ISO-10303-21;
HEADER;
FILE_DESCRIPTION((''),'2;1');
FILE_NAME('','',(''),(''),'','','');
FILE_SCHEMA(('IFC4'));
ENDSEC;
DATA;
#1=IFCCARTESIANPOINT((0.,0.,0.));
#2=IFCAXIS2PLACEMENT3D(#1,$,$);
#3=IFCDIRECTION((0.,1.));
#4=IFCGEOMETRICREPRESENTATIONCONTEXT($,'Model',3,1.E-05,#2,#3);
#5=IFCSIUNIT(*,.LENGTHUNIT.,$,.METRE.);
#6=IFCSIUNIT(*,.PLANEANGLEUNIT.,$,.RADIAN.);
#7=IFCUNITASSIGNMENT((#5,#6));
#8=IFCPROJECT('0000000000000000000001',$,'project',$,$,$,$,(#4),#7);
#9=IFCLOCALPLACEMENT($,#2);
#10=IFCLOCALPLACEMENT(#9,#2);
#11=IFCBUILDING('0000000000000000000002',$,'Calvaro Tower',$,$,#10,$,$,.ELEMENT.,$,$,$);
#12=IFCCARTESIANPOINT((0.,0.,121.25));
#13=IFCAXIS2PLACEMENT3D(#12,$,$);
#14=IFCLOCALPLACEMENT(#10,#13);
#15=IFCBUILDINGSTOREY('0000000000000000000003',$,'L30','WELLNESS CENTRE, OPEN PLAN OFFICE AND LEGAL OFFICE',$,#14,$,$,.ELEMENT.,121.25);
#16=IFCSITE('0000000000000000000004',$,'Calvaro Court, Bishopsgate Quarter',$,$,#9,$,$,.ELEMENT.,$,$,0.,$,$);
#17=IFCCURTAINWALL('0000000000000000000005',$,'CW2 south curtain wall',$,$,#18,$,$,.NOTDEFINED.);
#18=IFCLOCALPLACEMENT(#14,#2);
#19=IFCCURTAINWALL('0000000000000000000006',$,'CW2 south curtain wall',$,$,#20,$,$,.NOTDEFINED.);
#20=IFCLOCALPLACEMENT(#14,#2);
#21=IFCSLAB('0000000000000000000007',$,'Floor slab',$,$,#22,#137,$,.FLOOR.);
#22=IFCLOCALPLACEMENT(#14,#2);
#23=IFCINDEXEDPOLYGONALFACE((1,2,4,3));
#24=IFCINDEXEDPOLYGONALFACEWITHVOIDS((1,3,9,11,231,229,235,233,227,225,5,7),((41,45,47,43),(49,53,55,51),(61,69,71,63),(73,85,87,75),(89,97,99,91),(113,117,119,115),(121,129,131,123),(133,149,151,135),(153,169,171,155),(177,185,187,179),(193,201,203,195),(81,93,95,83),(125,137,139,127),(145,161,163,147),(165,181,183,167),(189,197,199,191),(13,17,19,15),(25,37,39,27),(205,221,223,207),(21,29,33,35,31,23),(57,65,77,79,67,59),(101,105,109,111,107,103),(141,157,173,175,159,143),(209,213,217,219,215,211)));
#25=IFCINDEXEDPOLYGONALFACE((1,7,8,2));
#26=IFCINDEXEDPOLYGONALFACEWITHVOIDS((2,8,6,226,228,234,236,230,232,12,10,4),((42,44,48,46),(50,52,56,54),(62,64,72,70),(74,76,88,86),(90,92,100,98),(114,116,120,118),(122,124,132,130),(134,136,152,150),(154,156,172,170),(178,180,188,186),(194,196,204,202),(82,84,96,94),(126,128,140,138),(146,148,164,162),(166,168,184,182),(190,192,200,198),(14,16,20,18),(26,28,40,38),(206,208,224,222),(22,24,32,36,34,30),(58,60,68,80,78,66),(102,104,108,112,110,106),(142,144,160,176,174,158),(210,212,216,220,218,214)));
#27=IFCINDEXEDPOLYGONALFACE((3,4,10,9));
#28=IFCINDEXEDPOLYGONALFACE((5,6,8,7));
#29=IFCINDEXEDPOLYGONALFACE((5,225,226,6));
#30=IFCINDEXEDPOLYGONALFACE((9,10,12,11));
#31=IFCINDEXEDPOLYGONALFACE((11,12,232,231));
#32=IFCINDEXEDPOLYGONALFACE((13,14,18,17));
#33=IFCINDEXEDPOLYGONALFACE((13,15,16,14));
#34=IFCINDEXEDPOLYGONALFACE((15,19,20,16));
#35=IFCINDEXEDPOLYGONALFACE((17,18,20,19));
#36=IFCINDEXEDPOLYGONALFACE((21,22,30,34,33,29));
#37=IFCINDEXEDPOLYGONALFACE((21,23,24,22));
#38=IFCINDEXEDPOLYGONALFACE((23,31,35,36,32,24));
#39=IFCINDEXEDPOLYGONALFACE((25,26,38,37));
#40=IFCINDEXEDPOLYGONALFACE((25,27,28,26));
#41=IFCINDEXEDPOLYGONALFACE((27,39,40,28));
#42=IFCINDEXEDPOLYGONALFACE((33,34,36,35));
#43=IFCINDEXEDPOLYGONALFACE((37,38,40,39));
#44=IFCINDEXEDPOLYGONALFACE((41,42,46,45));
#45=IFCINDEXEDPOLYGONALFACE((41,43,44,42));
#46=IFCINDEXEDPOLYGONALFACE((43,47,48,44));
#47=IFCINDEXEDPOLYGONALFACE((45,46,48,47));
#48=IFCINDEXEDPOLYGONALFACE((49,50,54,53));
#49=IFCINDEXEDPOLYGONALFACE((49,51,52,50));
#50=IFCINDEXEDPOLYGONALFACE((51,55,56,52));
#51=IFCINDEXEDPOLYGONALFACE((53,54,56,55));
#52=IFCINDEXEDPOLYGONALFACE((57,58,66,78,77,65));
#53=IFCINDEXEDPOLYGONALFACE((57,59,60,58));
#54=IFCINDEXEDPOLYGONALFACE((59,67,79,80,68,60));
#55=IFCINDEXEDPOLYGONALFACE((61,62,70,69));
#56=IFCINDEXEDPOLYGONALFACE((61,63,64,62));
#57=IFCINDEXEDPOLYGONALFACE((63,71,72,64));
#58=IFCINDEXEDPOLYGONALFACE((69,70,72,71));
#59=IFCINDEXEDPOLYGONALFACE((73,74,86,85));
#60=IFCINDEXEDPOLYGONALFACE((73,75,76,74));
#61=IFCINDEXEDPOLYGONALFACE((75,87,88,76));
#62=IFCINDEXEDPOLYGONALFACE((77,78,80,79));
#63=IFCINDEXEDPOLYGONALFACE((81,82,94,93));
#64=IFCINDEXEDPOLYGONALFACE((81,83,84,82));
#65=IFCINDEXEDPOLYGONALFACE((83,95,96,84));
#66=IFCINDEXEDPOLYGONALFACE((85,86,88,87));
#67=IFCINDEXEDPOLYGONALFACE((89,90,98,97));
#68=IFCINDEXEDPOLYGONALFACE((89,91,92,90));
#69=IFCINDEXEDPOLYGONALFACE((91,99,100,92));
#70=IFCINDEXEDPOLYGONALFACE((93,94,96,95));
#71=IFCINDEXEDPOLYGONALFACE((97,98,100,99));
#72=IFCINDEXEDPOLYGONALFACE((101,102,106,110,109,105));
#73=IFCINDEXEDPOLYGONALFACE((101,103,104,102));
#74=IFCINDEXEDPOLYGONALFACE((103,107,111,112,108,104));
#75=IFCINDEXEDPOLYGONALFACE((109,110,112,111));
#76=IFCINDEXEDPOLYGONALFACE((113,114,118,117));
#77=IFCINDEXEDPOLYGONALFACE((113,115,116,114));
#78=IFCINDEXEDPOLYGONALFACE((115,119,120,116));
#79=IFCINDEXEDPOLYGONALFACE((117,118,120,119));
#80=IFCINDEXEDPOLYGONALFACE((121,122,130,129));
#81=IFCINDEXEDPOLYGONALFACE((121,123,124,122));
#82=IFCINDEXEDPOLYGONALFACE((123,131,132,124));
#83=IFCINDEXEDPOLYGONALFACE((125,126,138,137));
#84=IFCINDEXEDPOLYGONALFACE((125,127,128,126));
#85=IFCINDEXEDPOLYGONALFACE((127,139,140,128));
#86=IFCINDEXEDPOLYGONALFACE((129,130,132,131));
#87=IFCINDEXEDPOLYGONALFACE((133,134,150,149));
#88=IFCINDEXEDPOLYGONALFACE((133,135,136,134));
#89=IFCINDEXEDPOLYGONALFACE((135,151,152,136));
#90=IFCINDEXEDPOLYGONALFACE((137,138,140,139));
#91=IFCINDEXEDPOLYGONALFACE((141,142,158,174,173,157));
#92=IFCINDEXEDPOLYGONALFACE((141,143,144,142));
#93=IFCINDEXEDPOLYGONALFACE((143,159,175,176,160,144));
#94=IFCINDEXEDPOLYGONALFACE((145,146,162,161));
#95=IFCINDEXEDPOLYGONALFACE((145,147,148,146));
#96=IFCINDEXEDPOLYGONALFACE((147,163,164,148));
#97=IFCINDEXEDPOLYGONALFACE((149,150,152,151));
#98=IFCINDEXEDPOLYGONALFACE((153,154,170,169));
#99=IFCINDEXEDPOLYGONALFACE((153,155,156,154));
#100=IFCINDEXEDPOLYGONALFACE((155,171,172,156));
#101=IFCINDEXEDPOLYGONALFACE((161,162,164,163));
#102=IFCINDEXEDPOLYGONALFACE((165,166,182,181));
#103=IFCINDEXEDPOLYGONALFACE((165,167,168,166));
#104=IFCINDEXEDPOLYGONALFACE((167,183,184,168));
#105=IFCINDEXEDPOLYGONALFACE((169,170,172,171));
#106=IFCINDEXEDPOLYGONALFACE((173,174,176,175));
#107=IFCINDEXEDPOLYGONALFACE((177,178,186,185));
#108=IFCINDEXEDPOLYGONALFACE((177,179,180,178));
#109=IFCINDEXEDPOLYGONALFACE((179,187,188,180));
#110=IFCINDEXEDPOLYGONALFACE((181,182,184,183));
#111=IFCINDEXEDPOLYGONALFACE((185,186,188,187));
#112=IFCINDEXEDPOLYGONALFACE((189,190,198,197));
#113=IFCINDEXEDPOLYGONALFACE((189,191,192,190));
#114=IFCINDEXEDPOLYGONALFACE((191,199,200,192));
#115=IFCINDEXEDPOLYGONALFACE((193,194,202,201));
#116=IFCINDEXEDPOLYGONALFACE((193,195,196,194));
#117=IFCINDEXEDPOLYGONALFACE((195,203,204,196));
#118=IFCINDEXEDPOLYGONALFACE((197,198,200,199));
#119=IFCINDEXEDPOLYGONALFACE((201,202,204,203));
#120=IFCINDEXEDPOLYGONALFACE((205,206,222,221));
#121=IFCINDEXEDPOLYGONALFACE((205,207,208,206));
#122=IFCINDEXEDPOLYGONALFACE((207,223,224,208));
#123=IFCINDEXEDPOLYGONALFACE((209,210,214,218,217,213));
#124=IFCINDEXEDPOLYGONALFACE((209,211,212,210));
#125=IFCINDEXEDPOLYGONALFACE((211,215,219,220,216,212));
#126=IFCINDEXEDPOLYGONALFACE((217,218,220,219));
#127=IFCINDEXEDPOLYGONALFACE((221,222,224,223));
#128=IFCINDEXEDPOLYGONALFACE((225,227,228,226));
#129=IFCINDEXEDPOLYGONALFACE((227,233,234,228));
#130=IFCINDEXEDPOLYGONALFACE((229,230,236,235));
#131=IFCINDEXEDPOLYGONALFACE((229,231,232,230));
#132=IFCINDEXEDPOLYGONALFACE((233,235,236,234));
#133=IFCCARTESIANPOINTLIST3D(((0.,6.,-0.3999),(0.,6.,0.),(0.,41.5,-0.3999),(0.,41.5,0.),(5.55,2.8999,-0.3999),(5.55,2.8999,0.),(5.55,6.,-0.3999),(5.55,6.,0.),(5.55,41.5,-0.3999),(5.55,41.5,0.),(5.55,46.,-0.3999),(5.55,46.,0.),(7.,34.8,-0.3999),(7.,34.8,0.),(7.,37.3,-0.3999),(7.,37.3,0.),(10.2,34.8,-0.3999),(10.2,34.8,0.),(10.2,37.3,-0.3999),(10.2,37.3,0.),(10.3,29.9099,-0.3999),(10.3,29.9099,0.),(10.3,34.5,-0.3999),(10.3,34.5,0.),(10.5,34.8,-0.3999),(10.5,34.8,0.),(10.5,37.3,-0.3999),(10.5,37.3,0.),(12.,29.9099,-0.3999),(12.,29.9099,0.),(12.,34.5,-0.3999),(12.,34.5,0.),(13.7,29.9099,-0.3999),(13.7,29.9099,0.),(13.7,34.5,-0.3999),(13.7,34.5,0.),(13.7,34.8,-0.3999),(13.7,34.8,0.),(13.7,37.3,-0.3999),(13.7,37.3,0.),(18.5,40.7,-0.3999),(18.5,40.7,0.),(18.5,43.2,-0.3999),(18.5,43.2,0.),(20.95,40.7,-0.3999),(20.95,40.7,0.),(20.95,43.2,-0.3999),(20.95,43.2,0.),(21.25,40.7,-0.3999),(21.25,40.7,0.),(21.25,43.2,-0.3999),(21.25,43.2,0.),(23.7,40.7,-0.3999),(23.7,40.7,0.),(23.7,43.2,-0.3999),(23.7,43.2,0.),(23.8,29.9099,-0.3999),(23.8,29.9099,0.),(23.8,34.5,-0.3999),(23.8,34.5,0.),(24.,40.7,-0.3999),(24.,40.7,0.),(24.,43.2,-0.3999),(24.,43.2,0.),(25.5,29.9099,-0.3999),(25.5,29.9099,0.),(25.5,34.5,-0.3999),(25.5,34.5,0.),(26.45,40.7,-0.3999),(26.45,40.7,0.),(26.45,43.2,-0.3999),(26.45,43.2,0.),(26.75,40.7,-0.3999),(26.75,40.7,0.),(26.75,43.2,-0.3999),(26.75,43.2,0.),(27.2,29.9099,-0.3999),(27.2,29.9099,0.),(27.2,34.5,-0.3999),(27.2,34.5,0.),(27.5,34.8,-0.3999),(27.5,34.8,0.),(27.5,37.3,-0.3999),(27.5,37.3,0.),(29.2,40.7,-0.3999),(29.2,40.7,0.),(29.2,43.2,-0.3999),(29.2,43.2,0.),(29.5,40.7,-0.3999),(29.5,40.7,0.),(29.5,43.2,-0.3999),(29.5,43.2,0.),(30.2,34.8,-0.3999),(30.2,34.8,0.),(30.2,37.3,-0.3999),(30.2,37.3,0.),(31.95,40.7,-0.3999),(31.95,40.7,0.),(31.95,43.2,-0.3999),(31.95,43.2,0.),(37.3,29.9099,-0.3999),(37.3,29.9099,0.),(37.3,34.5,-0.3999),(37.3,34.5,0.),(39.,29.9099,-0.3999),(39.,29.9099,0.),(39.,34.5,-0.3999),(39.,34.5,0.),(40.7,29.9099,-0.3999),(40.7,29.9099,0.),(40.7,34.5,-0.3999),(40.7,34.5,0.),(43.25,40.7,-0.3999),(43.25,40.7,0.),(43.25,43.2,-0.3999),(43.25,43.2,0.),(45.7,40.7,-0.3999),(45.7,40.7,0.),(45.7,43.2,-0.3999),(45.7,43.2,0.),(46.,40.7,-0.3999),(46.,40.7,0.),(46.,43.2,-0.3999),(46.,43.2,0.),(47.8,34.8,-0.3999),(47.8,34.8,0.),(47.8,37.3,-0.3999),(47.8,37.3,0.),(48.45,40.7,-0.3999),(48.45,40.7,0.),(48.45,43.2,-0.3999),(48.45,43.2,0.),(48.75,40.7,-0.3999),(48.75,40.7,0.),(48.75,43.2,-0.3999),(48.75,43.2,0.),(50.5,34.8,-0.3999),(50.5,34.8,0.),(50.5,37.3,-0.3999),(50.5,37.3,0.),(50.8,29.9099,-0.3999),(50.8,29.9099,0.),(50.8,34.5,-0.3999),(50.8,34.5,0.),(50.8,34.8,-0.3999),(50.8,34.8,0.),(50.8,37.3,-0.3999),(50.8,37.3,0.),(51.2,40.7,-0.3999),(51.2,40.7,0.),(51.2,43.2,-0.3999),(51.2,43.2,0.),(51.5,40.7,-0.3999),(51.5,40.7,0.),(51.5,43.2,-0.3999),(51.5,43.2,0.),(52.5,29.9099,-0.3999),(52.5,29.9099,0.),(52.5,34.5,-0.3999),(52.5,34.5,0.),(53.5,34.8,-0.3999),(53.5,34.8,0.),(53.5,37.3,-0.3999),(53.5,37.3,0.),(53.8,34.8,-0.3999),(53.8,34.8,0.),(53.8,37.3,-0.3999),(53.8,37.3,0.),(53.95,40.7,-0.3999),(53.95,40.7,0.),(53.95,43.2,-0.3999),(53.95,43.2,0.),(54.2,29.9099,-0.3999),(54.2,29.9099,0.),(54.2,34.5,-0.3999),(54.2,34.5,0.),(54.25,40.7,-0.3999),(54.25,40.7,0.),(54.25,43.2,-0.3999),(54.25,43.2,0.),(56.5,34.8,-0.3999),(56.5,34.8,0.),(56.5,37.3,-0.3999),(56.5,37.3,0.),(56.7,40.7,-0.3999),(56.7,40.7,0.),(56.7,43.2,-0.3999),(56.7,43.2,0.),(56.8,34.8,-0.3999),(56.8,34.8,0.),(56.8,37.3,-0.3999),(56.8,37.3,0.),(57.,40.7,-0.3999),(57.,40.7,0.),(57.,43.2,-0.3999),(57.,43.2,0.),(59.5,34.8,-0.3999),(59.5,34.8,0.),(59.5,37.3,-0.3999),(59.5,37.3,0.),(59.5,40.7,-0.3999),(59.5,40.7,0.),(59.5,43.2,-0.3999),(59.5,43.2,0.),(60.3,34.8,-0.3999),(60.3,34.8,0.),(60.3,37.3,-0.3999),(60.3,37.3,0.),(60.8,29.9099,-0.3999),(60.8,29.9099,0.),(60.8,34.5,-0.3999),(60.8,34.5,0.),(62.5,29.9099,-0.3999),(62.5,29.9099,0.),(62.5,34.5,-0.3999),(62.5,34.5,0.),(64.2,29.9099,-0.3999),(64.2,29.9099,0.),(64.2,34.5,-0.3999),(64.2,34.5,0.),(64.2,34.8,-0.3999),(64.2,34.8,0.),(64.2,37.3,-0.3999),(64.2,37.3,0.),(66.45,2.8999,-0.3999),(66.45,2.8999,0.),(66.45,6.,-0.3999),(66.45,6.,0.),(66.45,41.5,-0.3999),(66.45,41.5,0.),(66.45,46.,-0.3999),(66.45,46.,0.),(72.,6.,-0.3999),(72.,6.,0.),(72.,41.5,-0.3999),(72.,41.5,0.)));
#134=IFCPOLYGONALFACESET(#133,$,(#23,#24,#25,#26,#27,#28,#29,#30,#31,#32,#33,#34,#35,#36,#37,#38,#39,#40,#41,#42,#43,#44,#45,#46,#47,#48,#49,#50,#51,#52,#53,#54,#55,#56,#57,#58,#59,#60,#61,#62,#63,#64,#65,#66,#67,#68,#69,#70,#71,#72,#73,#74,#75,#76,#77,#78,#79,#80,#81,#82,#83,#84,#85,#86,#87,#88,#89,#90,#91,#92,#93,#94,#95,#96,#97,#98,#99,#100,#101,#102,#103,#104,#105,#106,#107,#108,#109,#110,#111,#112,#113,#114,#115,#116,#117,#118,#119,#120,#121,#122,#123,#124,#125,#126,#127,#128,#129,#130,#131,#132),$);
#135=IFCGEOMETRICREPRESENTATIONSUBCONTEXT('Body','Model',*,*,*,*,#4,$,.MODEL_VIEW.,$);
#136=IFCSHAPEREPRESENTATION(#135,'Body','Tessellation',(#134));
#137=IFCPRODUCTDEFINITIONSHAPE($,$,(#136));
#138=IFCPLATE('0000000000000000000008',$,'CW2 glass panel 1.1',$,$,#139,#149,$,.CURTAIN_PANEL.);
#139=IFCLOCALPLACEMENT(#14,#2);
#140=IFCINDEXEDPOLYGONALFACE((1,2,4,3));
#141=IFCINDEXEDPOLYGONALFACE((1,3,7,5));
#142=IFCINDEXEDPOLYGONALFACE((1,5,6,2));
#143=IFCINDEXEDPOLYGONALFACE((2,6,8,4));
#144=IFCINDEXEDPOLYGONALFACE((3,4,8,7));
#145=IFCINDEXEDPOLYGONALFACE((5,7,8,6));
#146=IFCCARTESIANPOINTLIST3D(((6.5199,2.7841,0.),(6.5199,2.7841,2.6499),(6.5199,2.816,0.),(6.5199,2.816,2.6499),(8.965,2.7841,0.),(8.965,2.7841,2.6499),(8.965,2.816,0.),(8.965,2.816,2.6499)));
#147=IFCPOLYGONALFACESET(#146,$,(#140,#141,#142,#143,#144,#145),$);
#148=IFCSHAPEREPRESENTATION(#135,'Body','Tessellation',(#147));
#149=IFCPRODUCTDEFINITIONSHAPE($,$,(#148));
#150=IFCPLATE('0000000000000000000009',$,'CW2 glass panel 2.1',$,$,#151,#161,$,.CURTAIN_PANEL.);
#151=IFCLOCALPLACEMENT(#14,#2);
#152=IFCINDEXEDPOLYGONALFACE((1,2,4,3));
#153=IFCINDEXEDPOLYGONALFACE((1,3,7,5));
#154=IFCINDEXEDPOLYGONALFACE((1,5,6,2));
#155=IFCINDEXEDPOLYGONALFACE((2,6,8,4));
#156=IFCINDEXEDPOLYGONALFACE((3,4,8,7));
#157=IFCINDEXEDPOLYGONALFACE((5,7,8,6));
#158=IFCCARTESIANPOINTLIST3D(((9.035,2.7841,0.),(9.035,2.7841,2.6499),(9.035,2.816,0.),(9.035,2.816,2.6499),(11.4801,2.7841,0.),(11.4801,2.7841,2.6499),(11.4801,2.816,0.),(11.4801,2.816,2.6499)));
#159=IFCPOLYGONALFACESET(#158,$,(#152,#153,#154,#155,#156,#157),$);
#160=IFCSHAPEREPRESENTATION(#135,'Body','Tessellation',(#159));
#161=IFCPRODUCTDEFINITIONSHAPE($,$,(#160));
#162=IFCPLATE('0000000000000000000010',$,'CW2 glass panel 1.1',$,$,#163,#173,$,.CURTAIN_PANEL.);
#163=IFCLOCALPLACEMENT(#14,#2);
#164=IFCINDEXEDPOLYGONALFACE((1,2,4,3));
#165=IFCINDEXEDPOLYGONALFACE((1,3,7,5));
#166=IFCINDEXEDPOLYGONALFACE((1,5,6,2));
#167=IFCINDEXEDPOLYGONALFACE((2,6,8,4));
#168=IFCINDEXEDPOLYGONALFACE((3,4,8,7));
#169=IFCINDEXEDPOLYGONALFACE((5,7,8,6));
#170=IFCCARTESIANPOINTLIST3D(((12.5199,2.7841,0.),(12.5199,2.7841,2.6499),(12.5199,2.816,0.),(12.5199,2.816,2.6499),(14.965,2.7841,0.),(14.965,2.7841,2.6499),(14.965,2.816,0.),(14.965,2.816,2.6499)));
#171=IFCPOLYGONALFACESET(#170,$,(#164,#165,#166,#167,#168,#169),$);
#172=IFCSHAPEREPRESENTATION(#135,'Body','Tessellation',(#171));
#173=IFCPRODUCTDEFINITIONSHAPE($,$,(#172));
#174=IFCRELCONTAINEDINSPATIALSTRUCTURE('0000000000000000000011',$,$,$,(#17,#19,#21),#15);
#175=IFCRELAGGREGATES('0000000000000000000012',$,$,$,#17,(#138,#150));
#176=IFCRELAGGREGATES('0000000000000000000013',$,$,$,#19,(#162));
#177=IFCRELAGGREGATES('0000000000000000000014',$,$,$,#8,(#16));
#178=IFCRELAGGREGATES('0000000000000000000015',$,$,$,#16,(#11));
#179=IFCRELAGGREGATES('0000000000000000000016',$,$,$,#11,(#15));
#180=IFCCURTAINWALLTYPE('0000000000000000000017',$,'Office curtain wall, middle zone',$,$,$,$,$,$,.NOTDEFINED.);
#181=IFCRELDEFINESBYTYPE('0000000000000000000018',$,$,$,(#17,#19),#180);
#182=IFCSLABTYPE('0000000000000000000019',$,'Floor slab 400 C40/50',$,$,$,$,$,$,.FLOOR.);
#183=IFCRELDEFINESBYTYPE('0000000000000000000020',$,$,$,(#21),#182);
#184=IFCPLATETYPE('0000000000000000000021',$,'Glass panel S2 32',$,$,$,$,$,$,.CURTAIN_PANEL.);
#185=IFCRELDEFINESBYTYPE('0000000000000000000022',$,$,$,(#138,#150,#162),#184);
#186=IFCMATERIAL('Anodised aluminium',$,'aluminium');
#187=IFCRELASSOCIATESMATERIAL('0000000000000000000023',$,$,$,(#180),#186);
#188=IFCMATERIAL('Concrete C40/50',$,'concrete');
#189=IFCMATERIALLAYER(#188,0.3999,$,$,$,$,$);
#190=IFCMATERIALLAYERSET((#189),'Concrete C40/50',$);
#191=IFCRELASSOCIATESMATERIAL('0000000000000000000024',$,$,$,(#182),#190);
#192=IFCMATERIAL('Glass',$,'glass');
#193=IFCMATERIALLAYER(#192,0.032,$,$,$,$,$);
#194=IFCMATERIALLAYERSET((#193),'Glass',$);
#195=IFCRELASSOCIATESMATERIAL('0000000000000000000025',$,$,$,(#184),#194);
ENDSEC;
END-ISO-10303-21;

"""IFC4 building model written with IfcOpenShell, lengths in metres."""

from ifc_helpers import new_model, si_unit, direction, frame, origin, origin_2d, place, context, subcontext, project, spatial, polyline, rectangle, outline, extrude, material, layer, layer_set, type_object, element, aggregate, save


model = new_model("IFC4")

# Units and contexts
model_context = context("Model", 3, precision=1e-05, world=origin(), true_north=direction((0.0, 1.0)))
body_context = subcontext(model_context, "Body", "Model", "MODEL_VIEW")
ifc_project = project(units=[si_unit("LENGTHUNIT", "METRE"), si_unit("PLANEANGLEUNIT", "RADIAN")], contexts=[model_context])

# Site, building, storey
site_placement = place(None, origin())
site = spatial("IfcSite", under=ifc_project, at=site_placement, Name="Calvaro Court, Bishopsgate Quarter", CompositionType="ELEMENT", RefElevation=0.0)
building_placement = place(site_placement, origin())
building = spatial("IfcBuilding", under=site, at=building_placement, Name="Calvaro Tower", CompositionType="ELEMENT")
storey_placement = place(building_placement, frame((0.0, 0.0, 121.25)))
storey = spatial("IfcBuildingStorey", under=building, at=storey_placement, Name="L30", Description="WELLNESS CENTRE, OPEN PLAN OFFICE AND LEGAL OFFICE", CompositionType="ELEMENT", Elevation=121.25)

# Curtain walls
ifc_material_1 = material(Name="Anodised aluminium", Category="aluminium")
curtain_wall_type = type_object("IfcCurtainWallType", Name="Office curtain wall, middle zone", PredefinedType="NOTDEFINED", material=ifc_material_1)
curtain_wall_1_placement = place(storey_placement, origin())
curtain_wall_1 = element("IfcCurtainWall", 1, at=curtain_wall_1_placement, inside=storey, type_object=curtain_wall_type, Name="CW2 south curtain wall", PredefinedType="NOTDEFINED")
curtain_wall_2_placement = place(storey_placement, origin())
curtain_wall_2 = element("IfcCurtainWall", 2, at=curtain_wall_2_placement, inside=storey, type_object=curtain_wall_type, Name="CW2 south curtain wall", PredefinedType="NOTDEFINED")

# Slab
ifc_material_2 = material(Name="Concrete C40/50", Category="concrete")
ifc_layer_1 = layer(ifc_material_2, 0.3999)
ifc_layer_set_1 = layer_set([ifc_layer_1], Name="Concrete C40/50")
slab_type_1 = type_object("IfcSlabType", Name="Floor slab 400 C40/50", PredefinedType="FLOOR", material=ifc_layer_set_1)
slab_1_placement = place(storey_placement, frame((0.0, 0.0, -0.3999)))
element("IfcSlab", 3, at=slab_1_placement, inside=storey, type_object=slab_type_1, Name="Floor slab", PredefinedType="FLOOR", context=body_context, shape_type="SweptSolid", body=[
    extrude(outline(polyline([(66.45, 6.0), (66.45, 2.8999), (5.55, 2.8999), (5.55, 6.0), (0.0, 6.0), (0.0, 41.5), (5.55, 41.5), (5.55, 46.0), (66.45, 46.0), (66.45, 41.5), (72.0, 41.5), (72.0, 6.0), (66.45, 6.0)]), holes=[polyline([(10.3, 29.9099), (10.3, 34.5), (12.0, 34.5), (13.7, 34.5), (13.7, 29.9099), (12.0, 29.9099), (10.3, 29.9099)]), polyline([(23.8, 29.9099), (23.8, 34.5), (25.5, 34.5), (27.2, 34.5), (27.2, 29.9099), (25.5, 29.9099), (23.8, 29.9099)]), polyline([(37.3, 29.9099), (37.3, 34.5), (39.0, 34.5), (40.7, 34.5), (40.7, 29.9099), (39.0, 29.9099), (37.3, 29.9099)]), polyline([(50.8, 29.9099), (50.8, 34.5), (52.5, 34.5), (54.2, 34.5), (54.2, 29.9099), (52.5, 29.9099), (50.8, 29.9099)]), polyline([(60.8, 29.9099), (60.8, 34.5), (62.5, 34.5), (64.2, 34.5), (64.2, 29.9099), (62.5, 29.9099), (60.8, 29.9099)]), polyline([(50.8, 34.8), (53.5, 34.8), (53.5, 37.3), (50.8, 37.3), (50.8, 34.8)]), polyline([(53.8, 34.8), (56.5, 34.8), (56.5, 37.3), (53.8, 37.3), (53.8, 34.8)]), polyline([(56.8, 34.8), (59.5, 34.8), (59.5, 37.3), (56.8, 37.3), (56.8, 34.8)]), polyline([(18.5, 40.7), (20.95, 40.7), (20.95, 43.2), (18.5, 43.2), (18.5, 40.7)]), polyline([(21.25, 40.7), (23.7, 40.7), (23.7, 43.2), (21.25, 43.2), (21.25, 40.7)]), polyline([(24.0, 40.7), (26.45, 40.7), (26.45, 43.2), (24.0, 43.2), (24.0, 40.7)]), polyline([(26.75, 40.7), (29.2, 40.7), (29.2, 43.2), (26.75, 43.2), (26.75, 40.7)]), polyline([(29.5, 40.7), (31.95, 40.7), (31.95, 43.2), (29.5, 43.2), (29.5, 40.7)]), polyline([(43.25, 40.7), (45.7, 40.7), (45.7, 43.2), (43.25, 43.2), (43.25, 40.7)]), polyline([(46.0, 40.7), (48.45, 40.7), (48.45, 43.2), (46.0, 43.2), (46.0, 40.7)]), polyline([(48.75, 40.7), (51.2, 40.7), (51.2, 43.2), (48.75, 43.2), (48.75, 40.7)]), polyline([(51.5, 40.7), (53.95, 40.7), (53.95, 43.2), (51.5, 43.2), (51.5, 40.7)]), polyline([(54.25, 40.7), (56.7, 40.7), (56.7, 43.2), (54.25, 43.2), (54.25, 40.7)]), polyline([(57.0, 40.7), (59.5, 40.7), (59.5, 43.2), (57.0, 43.2), (57.0, 40.7)]), polyline([(7.0, 34.8), (10.2, 34.8), (10.2, 37.3), (7.0, 37.3), (7.0, 34.8)]), polyline([(10.5, 34.8), (13.7, 34.8), (13.7, 37.3), (10.5, 37.3), (10.5, 34.8)]), polyline([(60.3, 34.8), (64.2, 34.8), (64.2, 37.3), (60.3, 37.3), (60.3, 34.8)]), polyline([(27.5, 34.8), (30.2, 34.8), (30.2, 37.3), (27.5, 37.3), (27.5, 34.8)]), polyline([(47.8, 34.8), (50.5, 34.8), (50.5, 37.3), (47.8, 37.3), (47.8, 34.8)])]), origin(), (0.0, 0.0, 1.0), 0.3999),
])

# Plates
ifc_material_3 = material(Name="Glass", Category="glass")
ifc_layer_2 = layer(ifc_material_3, 0.032)
ifc_layer_set_2 = layer_set([ifc_layer_2], Name="Glass")
plate_type = type_object("IfcPlateType", Name="Glass panel S2 32", PredefinedType="CURTAIN_PANEL", material=ifc_layer_set_2)
plate_1_placement = place(storey_placement, frame((7.7424, 2.8, 0.0), z_axis=(0.0, 0.0, 1.0), x_axis=(1.0, 0.0, 0.0)))
plate_1 = element("IfcPlate", 4, at=plate_1_placement, type_object=plate_type, Name="CW2 glass panel 1.1", PredefinedType="CURTAIN_PANEL", context=body_context, shape_type="SweptSolid", body=[
    extrude(rectangle(XDim=2.4451, YDim=0.032, at=origin_2d()), origin(), (0.0, 0.0, 1.0), 2.6499),
])
plate_2_placement = place(storey_placement, frame((10.2576, 2.8, 0.0), z_axis=(0.0, 0.0, 1.0), x_axis=(1.0, 0.0, 0.0)))
plate_2 = element("IfcPlate", 5, at=plate_2_placement, type_object=plate_type, Name="CW2 glass panel 2.1", PredefinedType="CURTAIN_PANEL", context=body_context, shape_type="SweptSolid", body=[
    extrude(rectangle(XDim=2.4451, YDim=0.032, at=origin_2d()), origin(), (0.0, 0.0, 1.0), 2.6499),
])
aggregate(curtain_wall_1, [plate_1, plate_2])
plate_3_placement = place(storey_placement, frame((13.7424, 2.8, 0.0), z_axis=(0.0, 0.0, 1.0), x_axis=(1.0, 0.0, 0.0)))
plate_3 = element("IfcPlate", 6, at=plate_3_placement, type_object=plate_type, Name="CW2 glass panel 1.1", PredefinedType="CURTAIN_PANEL", context=body_context, shape_type="SweptSolid", body=[
    extrude(rectangle(XDim=2.4451, YDim=0.032, at=origin_2d()), origin(), (0.0, 0.0, 1.0), 2.6499),
])
aggregate(curtain_wall_2, [plate_3])

save(model, "model.ifc")
